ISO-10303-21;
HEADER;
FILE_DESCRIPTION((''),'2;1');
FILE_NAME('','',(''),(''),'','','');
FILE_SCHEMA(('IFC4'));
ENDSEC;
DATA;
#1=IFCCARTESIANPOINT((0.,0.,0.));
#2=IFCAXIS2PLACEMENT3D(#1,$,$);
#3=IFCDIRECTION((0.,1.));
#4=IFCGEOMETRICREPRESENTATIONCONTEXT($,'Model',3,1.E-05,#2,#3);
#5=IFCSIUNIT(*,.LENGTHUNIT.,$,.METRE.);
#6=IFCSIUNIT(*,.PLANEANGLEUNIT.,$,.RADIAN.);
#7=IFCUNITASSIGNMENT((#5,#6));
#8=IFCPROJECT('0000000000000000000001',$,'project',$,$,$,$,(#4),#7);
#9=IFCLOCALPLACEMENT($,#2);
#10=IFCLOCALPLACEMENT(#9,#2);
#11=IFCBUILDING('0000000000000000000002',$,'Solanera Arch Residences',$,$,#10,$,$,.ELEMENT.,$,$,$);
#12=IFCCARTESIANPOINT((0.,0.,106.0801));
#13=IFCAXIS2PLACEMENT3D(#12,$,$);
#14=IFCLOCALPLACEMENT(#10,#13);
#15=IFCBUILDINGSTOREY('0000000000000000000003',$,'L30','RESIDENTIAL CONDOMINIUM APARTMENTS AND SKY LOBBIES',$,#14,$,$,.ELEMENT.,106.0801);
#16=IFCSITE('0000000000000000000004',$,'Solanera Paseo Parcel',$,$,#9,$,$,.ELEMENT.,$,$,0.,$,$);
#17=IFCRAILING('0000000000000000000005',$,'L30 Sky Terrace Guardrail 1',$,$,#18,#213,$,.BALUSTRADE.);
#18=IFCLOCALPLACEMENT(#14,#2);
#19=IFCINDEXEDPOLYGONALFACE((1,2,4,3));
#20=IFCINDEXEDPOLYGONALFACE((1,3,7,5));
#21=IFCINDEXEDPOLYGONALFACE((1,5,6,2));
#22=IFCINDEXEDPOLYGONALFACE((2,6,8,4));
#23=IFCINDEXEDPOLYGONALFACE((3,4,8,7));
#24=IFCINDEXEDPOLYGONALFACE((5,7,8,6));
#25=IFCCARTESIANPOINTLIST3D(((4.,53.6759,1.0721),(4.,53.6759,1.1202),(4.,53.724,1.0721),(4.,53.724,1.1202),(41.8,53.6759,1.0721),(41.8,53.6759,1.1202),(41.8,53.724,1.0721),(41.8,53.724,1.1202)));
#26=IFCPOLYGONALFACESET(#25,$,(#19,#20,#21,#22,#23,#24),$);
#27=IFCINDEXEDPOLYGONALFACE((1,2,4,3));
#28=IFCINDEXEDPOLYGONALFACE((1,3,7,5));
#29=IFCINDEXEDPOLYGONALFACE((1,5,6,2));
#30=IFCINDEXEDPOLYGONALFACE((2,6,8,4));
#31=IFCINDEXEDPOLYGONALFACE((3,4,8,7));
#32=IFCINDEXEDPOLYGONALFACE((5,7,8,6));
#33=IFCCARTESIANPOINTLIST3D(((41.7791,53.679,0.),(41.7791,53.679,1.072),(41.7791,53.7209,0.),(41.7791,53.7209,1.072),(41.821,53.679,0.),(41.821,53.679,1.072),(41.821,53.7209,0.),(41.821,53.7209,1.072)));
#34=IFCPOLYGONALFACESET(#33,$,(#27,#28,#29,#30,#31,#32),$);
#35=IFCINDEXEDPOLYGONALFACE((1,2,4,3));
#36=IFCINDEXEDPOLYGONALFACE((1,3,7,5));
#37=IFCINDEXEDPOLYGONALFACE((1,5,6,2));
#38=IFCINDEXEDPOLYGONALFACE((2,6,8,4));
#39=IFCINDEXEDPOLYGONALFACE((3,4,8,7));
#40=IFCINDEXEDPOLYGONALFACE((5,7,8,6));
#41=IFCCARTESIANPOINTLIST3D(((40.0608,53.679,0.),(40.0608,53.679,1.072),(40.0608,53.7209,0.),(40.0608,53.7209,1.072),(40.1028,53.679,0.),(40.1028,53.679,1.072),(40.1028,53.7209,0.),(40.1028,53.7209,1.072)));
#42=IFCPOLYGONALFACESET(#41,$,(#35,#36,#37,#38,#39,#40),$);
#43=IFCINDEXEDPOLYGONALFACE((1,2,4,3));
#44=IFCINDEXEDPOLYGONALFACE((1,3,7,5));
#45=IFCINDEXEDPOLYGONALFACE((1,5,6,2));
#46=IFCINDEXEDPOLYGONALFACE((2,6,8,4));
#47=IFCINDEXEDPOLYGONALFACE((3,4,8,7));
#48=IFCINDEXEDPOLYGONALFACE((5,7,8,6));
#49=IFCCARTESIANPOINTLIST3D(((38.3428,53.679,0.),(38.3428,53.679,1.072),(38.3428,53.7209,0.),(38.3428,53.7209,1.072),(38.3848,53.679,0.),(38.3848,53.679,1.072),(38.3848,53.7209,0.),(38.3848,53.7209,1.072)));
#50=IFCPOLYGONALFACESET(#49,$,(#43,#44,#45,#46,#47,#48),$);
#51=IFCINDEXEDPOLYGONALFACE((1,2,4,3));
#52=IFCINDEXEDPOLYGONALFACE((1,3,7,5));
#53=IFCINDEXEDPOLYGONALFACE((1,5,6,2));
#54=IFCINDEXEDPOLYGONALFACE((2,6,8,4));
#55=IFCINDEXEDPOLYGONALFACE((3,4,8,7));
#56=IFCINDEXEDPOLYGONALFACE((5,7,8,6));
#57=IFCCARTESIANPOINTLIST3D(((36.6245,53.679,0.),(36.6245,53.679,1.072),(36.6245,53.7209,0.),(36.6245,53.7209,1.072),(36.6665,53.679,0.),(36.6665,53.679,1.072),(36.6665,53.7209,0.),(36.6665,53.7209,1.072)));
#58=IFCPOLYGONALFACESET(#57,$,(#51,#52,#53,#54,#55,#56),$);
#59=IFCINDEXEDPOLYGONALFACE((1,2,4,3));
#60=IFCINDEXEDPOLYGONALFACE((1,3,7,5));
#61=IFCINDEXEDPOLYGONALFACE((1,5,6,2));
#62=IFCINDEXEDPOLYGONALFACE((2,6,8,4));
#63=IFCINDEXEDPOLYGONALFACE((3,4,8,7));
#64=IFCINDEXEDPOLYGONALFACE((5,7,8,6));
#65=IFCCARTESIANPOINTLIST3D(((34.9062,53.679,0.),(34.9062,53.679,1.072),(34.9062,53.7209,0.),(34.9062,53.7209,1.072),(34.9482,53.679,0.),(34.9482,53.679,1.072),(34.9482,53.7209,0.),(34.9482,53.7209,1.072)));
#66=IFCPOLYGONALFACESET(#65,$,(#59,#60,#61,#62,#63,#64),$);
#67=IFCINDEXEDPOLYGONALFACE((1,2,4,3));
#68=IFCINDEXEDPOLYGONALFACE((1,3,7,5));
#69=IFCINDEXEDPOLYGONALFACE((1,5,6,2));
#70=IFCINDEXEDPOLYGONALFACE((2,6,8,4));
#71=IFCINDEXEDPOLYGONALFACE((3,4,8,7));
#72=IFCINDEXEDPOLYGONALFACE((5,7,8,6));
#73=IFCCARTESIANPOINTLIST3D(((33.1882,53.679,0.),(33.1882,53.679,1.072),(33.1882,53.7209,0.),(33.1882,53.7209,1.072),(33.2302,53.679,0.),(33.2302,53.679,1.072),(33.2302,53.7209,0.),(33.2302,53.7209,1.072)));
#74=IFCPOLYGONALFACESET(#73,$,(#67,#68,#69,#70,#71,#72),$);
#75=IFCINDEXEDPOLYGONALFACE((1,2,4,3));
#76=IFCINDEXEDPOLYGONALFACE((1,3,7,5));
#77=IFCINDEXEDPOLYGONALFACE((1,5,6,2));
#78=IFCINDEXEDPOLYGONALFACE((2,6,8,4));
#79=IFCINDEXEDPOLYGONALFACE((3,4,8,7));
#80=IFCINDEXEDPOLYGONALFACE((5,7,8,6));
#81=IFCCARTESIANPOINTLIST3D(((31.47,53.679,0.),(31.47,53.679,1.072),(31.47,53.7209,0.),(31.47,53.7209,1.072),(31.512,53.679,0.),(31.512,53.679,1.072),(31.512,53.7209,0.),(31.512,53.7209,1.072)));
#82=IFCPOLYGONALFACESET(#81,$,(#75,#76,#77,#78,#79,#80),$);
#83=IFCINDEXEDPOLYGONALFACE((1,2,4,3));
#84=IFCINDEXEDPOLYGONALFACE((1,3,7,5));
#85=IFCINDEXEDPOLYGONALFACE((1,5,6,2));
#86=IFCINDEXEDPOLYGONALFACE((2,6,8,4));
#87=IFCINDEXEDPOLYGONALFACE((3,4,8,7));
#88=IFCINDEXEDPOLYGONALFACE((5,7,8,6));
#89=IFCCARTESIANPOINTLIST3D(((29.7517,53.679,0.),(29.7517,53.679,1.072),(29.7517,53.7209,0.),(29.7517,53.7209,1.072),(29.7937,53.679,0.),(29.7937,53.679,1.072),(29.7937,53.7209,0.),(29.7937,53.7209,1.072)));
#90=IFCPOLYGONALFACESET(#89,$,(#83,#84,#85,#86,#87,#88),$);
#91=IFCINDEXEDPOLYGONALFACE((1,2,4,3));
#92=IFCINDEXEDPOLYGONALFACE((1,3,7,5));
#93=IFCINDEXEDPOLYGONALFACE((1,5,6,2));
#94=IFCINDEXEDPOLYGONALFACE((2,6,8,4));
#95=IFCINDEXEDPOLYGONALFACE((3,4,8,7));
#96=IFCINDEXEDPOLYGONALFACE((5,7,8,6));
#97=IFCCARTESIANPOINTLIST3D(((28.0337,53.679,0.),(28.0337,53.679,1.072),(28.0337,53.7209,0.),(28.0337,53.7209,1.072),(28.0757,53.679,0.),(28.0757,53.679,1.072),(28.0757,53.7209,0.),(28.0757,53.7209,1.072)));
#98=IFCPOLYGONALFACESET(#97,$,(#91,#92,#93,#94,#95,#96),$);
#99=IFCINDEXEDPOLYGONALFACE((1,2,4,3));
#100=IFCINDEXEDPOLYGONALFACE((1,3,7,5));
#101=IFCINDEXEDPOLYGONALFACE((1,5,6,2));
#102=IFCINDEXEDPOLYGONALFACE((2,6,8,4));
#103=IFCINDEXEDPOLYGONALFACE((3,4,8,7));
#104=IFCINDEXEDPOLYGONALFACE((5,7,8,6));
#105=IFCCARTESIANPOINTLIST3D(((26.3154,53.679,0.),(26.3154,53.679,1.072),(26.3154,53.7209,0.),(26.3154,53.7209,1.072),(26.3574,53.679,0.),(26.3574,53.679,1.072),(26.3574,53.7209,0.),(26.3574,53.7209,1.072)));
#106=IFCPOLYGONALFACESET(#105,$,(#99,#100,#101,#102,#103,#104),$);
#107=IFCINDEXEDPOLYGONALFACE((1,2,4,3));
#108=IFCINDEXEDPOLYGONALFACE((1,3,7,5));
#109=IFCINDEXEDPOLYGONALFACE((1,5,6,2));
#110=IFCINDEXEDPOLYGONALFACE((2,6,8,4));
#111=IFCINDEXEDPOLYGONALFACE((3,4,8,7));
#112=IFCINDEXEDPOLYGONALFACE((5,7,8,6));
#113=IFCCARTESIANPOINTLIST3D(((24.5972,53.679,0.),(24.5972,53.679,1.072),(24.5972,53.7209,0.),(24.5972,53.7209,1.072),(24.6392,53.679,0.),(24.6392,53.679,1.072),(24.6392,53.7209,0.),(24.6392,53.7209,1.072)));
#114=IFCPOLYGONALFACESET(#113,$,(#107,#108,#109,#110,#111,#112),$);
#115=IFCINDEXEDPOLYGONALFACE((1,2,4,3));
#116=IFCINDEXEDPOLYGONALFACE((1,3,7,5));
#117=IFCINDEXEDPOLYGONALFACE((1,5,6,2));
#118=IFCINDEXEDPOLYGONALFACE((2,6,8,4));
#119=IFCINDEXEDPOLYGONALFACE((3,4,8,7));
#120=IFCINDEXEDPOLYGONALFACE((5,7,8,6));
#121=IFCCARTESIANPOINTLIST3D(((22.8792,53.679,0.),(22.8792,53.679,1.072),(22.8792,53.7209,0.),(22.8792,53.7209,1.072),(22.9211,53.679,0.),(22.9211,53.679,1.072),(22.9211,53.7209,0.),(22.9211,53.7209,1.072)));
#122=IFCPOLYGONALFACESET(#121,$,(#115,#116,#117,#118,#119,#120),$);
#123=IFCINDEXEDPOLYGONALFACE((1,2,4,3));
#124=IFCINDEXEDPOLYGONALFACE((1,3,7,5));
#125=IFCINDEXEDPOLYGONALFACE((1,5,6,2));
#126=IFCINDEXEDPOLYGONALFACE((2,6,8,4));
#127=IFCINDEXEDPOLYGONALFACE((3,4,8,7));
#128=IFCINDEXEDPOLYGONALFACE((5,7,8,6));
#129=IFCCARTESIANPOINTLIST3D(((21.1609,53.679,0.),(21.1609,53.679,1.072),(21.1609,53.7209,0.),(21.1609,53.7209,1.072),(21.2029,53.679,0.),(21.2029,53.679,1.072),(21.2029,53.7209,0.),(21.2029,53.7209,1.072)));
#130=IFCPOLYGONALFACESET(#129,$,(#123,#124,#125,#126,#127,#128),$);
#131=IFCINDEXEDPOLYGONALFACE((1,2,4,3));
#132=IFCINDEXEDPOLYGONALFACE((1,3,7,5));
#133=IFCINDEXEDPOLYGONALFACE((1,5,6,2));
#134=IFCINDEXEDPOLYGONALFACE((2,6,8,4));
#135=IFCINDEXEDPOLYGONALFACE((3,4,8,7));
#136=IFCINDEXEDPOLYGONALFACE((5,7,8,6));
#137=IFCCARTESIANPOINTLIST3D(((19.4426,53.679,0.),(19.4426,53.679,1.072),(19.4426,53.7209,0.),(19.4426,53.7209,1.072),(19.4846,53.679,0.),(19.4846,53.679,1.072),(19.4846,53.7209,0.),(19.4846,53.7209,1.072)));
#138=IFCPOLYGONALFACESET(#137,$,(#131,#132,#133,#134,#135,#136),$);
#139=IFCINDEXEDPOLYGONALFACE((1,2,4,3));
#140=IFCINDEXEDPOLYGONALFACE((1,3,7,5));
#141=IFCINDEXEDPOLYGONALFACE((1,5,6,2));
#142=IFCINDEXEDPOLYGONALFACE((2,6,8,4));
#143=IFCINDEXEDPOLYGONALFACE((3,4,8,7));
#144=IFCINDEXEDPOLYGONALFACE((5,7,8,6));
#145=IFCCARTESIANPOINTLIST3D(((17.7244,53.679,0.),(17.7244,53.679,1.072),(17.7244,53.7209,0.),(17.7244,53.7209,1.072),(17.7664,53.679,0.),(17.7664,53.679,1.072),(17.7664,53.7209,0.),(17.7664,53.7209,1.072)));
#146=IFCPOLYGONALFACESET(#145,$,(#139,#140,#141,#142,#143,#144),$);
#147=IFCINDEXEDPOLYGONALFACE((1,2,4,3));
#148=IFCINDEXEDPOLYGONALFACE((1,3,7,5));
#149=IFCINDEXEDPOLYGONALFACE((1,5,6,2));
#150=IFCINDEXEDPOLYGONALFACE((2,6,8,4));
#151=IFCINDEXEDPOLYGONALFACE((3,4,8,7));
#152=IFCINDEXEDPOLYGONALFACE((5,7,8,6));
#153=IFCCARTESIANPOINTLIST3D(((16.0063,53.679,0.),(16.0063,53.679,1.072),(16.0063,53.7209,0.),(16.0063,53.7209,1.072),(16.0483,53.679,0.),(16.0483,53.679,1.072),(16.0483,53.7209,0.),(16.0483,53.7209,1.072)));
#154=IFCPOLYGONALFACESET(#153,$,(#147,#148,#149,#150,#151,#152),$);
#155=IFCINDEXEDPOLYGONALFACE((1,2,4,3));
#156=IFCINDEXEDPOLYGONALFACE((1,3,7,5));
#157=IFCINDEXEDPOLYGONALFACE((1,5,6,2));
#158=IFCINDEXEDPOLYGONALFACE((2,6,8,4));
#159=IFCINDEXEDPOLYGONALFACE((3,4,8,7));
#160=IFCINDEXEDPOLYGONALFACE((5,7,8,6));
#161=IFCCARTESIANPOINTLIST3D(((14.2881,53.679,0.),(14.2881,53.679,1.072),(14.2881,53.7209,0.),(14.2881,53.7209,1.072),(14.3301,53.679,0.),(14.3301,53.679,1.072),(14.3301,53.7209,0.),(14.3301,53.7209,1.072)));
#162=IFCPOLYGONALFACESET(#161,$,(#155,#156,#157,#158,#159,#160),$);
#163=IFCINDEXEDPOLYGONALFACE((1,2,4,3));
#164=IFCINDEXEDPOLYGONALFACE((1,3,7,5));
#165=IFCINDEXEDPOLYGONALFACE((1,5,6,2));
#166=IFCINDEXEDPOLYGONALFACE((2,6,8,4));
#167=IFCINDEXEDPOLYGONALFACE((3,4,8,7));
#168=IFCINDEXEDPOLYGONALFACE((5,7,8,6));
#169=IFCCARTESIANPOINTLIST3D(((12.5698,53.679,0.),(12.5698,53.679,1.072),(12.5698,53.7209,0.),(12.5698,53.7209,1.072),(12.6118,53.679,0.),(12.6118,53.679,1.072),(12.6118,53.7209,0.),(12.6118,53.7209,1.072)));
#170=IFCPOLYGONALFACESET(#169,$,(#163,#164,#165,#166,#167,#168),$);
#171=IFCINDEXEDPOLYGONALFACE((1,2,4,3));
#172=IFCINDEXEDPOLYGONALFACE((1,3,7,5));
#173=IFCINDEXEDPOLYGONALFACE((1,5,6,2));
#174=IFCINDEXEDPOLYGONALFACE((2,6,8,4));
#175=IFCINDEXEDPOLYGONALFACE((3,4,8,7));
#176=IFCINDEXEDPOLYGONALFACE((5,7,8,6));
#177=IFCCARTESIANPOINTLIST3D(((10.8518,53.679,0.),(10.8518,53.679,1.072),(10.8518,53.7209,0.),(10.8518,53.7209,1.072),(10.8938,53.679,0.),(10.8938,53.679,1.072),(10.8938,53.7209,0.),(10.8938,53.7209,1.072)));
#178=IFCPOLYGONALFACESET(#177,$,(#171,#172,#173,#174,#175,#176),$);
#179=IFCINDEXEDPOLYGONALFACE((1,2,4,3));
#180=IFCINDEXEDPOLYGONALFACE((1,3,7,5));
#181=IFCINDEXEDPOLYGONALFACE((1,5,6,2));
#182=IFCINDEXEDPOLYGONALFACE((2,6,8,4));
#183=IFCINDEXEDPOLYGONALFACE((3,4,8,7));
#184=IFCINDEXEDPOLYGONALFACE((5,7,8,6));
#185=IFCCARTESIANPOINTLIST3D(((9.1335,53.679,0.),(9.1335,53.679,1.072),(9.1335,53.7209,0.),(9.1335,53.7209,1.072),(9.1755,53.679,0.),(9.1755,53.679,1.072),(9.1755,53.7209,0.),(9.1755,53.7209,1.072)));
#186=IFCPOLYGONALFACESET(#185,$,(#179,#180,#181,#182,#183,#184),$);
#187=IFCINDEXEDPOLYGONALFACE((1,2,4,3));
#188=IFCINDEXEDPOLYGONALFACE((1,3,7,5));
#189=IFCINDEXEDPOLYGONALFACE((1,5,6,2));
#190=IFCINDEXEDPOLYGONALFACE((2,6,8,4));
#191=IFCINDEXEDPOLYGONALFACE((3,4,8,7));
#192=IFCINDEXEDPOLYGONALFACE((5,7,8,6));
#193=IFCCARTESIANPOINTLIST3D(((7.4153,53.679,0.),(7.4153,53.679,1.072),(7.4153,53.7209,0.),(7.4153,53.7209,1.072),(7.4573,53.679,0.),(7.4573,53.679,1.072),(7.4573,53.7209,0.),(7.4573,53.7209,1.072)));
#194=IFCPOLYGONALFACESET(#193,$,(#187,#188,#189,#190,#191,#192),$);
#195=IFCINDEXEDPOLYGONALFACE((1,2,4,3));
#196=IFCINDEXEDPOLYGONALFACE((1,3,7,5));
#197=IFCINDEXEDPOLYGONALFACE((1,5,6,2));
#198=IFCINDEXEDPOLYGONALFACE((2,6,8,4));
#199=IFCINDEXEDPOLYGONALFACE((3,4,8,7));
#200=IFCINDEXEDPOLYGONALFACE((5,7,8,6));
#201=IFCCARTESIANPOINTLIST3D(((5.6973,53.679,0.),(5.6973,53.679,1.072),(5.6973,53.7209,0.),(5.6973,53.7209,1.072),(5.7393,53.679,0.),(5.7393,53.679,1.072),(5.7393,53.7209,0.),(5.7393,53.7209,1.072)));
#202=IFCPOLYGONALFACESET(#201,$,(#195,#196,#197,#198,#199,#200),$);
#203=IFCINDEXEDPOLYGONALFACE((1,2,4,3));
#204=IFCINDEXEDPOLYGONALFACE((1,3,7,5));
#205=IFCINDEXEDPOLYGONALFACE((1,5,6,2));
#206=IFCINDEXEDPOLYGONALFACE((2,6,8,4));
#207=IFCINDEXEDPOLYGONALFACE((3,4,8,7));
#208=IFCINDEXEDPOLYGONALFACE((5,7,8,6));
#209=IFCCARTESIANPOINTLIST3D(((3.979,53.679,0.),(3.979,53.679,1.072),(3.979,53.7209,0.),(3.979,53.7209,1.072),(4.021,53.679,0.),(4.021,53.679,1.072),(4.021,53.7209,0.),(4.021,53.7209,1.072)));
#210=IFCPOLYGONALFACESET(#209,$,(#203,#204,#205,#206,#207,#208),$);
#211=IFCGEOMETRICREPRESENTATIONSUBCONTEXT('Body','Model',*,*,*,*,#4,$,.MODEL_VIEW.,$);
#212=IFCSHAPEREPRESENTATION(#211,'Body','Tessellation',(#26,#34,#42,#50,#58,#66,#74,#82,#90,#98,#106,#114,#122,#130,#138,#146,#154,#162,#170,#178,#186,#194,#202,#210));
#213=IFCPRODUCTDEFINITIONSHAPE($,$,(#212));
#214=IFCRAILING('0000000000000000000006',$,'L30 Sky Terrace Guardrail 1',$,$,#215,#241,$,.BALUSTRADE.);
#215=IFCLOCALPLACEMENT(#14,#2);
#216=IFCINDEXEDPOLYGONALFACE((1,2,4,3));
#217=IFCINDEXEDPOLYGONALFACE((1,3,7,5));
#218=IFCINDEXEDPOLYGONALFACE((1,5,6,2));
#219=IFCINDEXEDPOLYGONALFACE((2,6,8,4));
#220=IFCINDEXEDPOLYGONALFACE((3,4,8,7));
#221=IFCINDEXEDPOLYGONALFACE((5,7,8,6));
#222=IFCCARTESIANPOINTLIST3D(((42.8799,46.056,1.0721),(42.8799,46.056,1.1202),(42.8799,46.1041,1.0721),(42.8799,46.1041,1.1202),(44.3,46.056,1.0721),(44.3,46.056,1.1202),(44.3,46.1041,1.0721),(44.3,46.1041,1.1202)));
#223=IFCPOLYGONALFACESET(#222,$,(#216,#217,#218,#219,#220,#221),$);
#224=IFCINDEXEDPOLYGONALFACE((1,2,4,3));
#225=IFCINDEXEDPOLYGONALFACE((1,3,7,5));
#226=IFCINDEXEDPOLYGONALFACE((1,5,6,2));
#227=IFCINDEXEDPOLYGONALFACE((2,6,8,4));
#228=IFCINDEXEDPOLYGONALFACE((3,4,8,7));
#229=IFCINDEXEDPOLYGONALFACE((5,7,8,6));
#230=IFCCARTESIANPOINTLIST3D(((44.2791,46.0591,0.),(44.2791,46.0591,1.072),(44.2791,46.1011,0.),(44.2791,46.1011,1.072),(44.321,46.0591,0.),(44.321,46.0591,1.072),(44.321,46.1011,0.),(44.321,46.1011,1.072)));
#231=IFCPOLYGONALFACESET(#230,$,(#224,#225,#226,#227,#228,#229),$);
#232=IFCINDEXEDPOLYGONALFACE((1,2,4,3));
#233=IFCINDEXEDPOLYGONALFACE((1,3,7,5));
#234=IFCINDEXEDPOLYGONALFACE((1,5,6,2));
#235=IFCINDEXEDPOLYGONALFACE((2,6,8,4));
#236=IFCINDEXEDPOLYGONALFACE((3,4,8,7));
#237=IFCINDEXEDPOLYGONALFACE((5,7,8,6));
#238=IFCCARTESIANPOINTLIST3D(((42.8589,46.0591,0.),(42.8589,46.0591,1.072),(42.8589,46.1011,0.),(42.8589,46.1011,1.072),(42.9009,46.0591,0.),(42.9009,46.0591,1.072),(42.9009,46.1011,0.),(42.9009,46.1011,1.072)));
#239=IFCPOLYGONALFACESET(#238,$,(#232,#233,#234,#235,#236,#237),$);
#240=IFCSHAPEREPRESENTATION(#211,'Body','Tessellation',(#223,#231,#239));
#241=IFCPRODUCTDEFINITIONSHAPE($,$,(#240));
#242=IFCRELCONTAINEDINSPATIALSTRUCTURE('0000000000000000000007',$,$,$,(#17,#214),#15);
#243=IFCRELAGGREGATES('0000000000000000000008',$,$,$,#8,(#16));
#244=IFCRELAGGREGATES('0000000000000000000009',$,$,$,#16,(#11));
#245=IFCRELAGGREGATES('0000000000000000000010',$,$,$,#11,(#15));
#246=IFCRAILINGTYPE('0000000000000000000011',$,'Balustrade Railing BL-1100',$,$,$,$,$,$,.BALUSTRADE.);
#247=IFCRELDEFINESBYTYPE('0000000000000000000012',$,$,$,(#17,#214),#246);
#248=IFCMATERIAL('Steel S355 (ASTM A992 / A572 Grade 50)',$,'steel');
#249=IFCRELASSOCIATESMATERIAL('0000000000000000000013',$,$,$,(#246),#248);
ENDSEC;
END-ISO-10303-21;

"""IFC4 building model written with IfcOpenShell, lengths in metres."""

from ifc_helpers import new_model, si_unit, direction, frame, origin, origin_2d, place, context, subcontext, project, spatial, rectangle, extrude, material, type_object, element, save


model = new_model("IFC4")

# Units and contexts
model_context = context("Model", 3, precision=1e-05, world=origin(), true_north=direction((0.0, 1.0)))
body_context = subcontext(model_context, "Body", "Model", "MODEL_VIEW")
ifc_project = project(units=[si_unit("LENGTHUNIT", "METRE"), si_unit("PLANEANGLEUNIT", "RADIAN")], contexts=[model_context])

# Site, building, storey
site_placement = place(None, origin())
site = spatial("IfcSite", under=ifc_project, at=site_placement, Name="Solanera Paseo Parcel", CompositionType="ELEMENT", RefElevation=0.0)
building_placement = place(site_placement, origin())
building = spatial("IfcBuilding", under=site, at=building_placement, Name="Solanera Arch Residences", CompositionType="ELEMENT")
storey_placement = place(building_placement, frame((0.0, 0.0, 106.0801)))
storey = spatial("IfcBuildingStorey", under=building, at=storey_placement, Name="L30", Description="RESIDENTIAL CONDOMINIUM APARTMENTS AND SKY LOBBIES", CompositionType="ELEMENT", Elevation=106.0801)

# Railings
ifc_material_1 = material(Name="Steel S355 (ASTM A992 / A572 Grade 50)", Category="steel")
railing_type = type_object("IfcRailingType", Name="Balustrade Railing BL-1100", PredefinedType="BALUSTRADE", material=ifc_material_1)
railing_1_placement = place(storey_placement, frame((41.8, 53.7, 0.0)))
element("IfcRailing", 1, at=railing_1_placement, inside=storey, type_object=railing_type, Name="L30 Sky Terrace Guardrail 1", PredefinedType="BALUSTRADE", context=body_context, shape_type="SweptSolid", body=[
    extrude(rectangle(XDim=0.0481, YDim=0.0481, at=origin_2d()), frame((0.0, 0.0, 1.0962), z_axis=(-1.0, 0.0, 0.0), x_axis=(0.0, -1.0, 0.0)), (0.0, 0.0, 1.0), 37.8),
    extrude(rectangle(XDim=0.042, YDim=0.042, at=origin_2d()), origin(), (0.0, 0.0, 1.0), 1.072),
    extrude(rectangle(XDim=0.042, YDim=0.042, at=origin_2d()), frame((-1.7183, 0.0, 0.0)), (0.0, 0.0, 1.0), 1.072),
    extrude(rectangle(XDim=0.042, YDim=0.042, at=origin_2d()), frame((-3.4363, 0.0, 0.0)), (0.0, 0.0, 1.0), 1.072),
    extrude(rectangle(XDim=0.042, YDim=0.042, at=origin_2d()), frame((-5.1545, 0.0, 0.0)), (0.0, 0.0, 1.0), 1.072),
    extrude(rectangle(XDim=0.042, YDim=0.042, at=origin_2d()), frame((-6.8728, 0.0, 0.0)), (0.0, 0.0, 1.0), 1.072),
    extrude(rectangle(XDim=0.042, YDim=0.042, at=origin_2d()), frame((-8.5908, 0.0, 0.0)), (0.0, 0.0, 1.0), 1.072),
    extrude(rectangle(XDim=0.042, YDim=0.042, at=origin_2d()), frame((-10.3091, 0.0, 0.0)), (0.0, 0.0, 1.0), 1.072),
    extrude(rectangle(XDim=0.042, YDim=0.042, at=origin_2d()), frame((-12.0273, 0.0, 0.0)), (0.0, 0.0, 1.0), 1.072),
    extrude(rectangle(XDim=0.042, YDim=0.042, at=origin_2d()), frame((-13.7454, 0.0, 0.0)), (0.0, 0.0, 1.0), 1.072),
    extrude(rectangle(XDim=0.042, YDim=0.042, at=origin_2d()), frame((-15.4636, 0.0, 0.0)), (0.0, 0.0, 1.0), 1.072),
    extrude(rectangle(XDim=0.042, YDim=0.042, at=origin_2d()), frame((-17.1819, 0.0, 0.0)), (0.0, 0.0, 1.0), 1.072),
    extrude(rectangle(XDim=0.042, YDim=0.042, at=origin_2d()), frame((-18.8999, 0.0, 0.0)), (0.0, 0.0, 1.0), 1.072),
    extrude(rectangle(XDim=0.042, YDim=0.042, at=origin_2d()), frame((-20.6182, 0.0, 0.0)), (0.0, 0.0, 1.0), 1.072),
    extrude(rectangle(XDim=0.042, YDim=0.042, at=origin_2d()), frame((-22.3364, 0.0, 0.0)), (0.0, 0.0, 1.0), 1.072),
    extrude(rectangle(XDim=0.042, YDim=0.042, at=origin_2d()), frame((-24.0547, 0.0, 0.0)), (0.0, 0.0, 1.0), 1.072),
    extrude(rectangle(XDim=0.042, YDim=0.042, at=origin_2d()), frame((-25.7727, 0.0, 0.0)), (0.0, 0.0, 1.0), 1.072),
    extrude(rectangle(XDim=0.042, YDim=0.042, at=origin_2d()), frame((-27.491, 0.0, 0.0)), (0.0, 0.0, 1.0), 1.072),
    extrude(rectangle(XDim=0.042, YDim=0.042, at=origin_2d()), frame((-29.2092, 0.0, 0.0)), (0.0, 0.0, 1.0), 1.072),
    extrude(rectangle(XDim=0.042, YDim=0.042, at=origin_2d()), frame((-30.9272, 0.0, 0.0)), (0.0, 0.0, 1.0), 1.072),
    extrude(rectangle(XDim=0.042, YDim=0.042, at=origin_2d()), frame((-32.6455, 0.0, 0.0)), (0.0, 0.0, 1.0), 1.072),
    extrude(rectangle(XDim=0.042, YDim=0.042, at=origin_2d()), frame((-34.3638, 0.0, 0.0)), (0.0, 0.0, 1.0), 1.072),
    extrude(rectangle(XDim=0.042, YDim=0.042, at=origin_2d()), frame((-36.0818, 0.0, 0.0)), (0.0, 0.0, 1.0), 1.072),
    extrude(rectangle(XDim=0.042, YDim=0.042, at=origin_2d()), frame((-37.8, 0.0, 0.0)), (0.0, 0.0, 1.0), 1.072),
])
railing_2_placement = place(storey_placement, frame((44.3, 46.0801, 0.0)))
element("IfcRailing", 2, at=railing_2_placement, inside=storey, type_object=railing_type, Name="L30 Sky Terrace Guardrail 1", PredefinedType="BALUSTRADE", context=body_context, shape_type="SweptSolid", body=[
    extrude(rectangle(XDim=0.0481, YDim=0.0481, at=origin_2d()), frame((0.0, 0.0, 1.0962), z_axis=(-1.0, 0.0, 0.0), x_axis=(0.0, -1.0, 0.0)), (0.0, 0.0, 1.0), 1.4202),
    extrude(rectangle(XDim=0.042, YDim=0.042, at=origin_2d()), origin(), (0.0, 0.0, 1.0), 1.072),
    extrude(rectangle(XDim=0.042, YDim=0.042, at=origin_2d()), frame((-1.4202, 0.0, 0.0)), (0.0, 0.0, 1.0), 1.072),
])

save(model, "model.ifc")
